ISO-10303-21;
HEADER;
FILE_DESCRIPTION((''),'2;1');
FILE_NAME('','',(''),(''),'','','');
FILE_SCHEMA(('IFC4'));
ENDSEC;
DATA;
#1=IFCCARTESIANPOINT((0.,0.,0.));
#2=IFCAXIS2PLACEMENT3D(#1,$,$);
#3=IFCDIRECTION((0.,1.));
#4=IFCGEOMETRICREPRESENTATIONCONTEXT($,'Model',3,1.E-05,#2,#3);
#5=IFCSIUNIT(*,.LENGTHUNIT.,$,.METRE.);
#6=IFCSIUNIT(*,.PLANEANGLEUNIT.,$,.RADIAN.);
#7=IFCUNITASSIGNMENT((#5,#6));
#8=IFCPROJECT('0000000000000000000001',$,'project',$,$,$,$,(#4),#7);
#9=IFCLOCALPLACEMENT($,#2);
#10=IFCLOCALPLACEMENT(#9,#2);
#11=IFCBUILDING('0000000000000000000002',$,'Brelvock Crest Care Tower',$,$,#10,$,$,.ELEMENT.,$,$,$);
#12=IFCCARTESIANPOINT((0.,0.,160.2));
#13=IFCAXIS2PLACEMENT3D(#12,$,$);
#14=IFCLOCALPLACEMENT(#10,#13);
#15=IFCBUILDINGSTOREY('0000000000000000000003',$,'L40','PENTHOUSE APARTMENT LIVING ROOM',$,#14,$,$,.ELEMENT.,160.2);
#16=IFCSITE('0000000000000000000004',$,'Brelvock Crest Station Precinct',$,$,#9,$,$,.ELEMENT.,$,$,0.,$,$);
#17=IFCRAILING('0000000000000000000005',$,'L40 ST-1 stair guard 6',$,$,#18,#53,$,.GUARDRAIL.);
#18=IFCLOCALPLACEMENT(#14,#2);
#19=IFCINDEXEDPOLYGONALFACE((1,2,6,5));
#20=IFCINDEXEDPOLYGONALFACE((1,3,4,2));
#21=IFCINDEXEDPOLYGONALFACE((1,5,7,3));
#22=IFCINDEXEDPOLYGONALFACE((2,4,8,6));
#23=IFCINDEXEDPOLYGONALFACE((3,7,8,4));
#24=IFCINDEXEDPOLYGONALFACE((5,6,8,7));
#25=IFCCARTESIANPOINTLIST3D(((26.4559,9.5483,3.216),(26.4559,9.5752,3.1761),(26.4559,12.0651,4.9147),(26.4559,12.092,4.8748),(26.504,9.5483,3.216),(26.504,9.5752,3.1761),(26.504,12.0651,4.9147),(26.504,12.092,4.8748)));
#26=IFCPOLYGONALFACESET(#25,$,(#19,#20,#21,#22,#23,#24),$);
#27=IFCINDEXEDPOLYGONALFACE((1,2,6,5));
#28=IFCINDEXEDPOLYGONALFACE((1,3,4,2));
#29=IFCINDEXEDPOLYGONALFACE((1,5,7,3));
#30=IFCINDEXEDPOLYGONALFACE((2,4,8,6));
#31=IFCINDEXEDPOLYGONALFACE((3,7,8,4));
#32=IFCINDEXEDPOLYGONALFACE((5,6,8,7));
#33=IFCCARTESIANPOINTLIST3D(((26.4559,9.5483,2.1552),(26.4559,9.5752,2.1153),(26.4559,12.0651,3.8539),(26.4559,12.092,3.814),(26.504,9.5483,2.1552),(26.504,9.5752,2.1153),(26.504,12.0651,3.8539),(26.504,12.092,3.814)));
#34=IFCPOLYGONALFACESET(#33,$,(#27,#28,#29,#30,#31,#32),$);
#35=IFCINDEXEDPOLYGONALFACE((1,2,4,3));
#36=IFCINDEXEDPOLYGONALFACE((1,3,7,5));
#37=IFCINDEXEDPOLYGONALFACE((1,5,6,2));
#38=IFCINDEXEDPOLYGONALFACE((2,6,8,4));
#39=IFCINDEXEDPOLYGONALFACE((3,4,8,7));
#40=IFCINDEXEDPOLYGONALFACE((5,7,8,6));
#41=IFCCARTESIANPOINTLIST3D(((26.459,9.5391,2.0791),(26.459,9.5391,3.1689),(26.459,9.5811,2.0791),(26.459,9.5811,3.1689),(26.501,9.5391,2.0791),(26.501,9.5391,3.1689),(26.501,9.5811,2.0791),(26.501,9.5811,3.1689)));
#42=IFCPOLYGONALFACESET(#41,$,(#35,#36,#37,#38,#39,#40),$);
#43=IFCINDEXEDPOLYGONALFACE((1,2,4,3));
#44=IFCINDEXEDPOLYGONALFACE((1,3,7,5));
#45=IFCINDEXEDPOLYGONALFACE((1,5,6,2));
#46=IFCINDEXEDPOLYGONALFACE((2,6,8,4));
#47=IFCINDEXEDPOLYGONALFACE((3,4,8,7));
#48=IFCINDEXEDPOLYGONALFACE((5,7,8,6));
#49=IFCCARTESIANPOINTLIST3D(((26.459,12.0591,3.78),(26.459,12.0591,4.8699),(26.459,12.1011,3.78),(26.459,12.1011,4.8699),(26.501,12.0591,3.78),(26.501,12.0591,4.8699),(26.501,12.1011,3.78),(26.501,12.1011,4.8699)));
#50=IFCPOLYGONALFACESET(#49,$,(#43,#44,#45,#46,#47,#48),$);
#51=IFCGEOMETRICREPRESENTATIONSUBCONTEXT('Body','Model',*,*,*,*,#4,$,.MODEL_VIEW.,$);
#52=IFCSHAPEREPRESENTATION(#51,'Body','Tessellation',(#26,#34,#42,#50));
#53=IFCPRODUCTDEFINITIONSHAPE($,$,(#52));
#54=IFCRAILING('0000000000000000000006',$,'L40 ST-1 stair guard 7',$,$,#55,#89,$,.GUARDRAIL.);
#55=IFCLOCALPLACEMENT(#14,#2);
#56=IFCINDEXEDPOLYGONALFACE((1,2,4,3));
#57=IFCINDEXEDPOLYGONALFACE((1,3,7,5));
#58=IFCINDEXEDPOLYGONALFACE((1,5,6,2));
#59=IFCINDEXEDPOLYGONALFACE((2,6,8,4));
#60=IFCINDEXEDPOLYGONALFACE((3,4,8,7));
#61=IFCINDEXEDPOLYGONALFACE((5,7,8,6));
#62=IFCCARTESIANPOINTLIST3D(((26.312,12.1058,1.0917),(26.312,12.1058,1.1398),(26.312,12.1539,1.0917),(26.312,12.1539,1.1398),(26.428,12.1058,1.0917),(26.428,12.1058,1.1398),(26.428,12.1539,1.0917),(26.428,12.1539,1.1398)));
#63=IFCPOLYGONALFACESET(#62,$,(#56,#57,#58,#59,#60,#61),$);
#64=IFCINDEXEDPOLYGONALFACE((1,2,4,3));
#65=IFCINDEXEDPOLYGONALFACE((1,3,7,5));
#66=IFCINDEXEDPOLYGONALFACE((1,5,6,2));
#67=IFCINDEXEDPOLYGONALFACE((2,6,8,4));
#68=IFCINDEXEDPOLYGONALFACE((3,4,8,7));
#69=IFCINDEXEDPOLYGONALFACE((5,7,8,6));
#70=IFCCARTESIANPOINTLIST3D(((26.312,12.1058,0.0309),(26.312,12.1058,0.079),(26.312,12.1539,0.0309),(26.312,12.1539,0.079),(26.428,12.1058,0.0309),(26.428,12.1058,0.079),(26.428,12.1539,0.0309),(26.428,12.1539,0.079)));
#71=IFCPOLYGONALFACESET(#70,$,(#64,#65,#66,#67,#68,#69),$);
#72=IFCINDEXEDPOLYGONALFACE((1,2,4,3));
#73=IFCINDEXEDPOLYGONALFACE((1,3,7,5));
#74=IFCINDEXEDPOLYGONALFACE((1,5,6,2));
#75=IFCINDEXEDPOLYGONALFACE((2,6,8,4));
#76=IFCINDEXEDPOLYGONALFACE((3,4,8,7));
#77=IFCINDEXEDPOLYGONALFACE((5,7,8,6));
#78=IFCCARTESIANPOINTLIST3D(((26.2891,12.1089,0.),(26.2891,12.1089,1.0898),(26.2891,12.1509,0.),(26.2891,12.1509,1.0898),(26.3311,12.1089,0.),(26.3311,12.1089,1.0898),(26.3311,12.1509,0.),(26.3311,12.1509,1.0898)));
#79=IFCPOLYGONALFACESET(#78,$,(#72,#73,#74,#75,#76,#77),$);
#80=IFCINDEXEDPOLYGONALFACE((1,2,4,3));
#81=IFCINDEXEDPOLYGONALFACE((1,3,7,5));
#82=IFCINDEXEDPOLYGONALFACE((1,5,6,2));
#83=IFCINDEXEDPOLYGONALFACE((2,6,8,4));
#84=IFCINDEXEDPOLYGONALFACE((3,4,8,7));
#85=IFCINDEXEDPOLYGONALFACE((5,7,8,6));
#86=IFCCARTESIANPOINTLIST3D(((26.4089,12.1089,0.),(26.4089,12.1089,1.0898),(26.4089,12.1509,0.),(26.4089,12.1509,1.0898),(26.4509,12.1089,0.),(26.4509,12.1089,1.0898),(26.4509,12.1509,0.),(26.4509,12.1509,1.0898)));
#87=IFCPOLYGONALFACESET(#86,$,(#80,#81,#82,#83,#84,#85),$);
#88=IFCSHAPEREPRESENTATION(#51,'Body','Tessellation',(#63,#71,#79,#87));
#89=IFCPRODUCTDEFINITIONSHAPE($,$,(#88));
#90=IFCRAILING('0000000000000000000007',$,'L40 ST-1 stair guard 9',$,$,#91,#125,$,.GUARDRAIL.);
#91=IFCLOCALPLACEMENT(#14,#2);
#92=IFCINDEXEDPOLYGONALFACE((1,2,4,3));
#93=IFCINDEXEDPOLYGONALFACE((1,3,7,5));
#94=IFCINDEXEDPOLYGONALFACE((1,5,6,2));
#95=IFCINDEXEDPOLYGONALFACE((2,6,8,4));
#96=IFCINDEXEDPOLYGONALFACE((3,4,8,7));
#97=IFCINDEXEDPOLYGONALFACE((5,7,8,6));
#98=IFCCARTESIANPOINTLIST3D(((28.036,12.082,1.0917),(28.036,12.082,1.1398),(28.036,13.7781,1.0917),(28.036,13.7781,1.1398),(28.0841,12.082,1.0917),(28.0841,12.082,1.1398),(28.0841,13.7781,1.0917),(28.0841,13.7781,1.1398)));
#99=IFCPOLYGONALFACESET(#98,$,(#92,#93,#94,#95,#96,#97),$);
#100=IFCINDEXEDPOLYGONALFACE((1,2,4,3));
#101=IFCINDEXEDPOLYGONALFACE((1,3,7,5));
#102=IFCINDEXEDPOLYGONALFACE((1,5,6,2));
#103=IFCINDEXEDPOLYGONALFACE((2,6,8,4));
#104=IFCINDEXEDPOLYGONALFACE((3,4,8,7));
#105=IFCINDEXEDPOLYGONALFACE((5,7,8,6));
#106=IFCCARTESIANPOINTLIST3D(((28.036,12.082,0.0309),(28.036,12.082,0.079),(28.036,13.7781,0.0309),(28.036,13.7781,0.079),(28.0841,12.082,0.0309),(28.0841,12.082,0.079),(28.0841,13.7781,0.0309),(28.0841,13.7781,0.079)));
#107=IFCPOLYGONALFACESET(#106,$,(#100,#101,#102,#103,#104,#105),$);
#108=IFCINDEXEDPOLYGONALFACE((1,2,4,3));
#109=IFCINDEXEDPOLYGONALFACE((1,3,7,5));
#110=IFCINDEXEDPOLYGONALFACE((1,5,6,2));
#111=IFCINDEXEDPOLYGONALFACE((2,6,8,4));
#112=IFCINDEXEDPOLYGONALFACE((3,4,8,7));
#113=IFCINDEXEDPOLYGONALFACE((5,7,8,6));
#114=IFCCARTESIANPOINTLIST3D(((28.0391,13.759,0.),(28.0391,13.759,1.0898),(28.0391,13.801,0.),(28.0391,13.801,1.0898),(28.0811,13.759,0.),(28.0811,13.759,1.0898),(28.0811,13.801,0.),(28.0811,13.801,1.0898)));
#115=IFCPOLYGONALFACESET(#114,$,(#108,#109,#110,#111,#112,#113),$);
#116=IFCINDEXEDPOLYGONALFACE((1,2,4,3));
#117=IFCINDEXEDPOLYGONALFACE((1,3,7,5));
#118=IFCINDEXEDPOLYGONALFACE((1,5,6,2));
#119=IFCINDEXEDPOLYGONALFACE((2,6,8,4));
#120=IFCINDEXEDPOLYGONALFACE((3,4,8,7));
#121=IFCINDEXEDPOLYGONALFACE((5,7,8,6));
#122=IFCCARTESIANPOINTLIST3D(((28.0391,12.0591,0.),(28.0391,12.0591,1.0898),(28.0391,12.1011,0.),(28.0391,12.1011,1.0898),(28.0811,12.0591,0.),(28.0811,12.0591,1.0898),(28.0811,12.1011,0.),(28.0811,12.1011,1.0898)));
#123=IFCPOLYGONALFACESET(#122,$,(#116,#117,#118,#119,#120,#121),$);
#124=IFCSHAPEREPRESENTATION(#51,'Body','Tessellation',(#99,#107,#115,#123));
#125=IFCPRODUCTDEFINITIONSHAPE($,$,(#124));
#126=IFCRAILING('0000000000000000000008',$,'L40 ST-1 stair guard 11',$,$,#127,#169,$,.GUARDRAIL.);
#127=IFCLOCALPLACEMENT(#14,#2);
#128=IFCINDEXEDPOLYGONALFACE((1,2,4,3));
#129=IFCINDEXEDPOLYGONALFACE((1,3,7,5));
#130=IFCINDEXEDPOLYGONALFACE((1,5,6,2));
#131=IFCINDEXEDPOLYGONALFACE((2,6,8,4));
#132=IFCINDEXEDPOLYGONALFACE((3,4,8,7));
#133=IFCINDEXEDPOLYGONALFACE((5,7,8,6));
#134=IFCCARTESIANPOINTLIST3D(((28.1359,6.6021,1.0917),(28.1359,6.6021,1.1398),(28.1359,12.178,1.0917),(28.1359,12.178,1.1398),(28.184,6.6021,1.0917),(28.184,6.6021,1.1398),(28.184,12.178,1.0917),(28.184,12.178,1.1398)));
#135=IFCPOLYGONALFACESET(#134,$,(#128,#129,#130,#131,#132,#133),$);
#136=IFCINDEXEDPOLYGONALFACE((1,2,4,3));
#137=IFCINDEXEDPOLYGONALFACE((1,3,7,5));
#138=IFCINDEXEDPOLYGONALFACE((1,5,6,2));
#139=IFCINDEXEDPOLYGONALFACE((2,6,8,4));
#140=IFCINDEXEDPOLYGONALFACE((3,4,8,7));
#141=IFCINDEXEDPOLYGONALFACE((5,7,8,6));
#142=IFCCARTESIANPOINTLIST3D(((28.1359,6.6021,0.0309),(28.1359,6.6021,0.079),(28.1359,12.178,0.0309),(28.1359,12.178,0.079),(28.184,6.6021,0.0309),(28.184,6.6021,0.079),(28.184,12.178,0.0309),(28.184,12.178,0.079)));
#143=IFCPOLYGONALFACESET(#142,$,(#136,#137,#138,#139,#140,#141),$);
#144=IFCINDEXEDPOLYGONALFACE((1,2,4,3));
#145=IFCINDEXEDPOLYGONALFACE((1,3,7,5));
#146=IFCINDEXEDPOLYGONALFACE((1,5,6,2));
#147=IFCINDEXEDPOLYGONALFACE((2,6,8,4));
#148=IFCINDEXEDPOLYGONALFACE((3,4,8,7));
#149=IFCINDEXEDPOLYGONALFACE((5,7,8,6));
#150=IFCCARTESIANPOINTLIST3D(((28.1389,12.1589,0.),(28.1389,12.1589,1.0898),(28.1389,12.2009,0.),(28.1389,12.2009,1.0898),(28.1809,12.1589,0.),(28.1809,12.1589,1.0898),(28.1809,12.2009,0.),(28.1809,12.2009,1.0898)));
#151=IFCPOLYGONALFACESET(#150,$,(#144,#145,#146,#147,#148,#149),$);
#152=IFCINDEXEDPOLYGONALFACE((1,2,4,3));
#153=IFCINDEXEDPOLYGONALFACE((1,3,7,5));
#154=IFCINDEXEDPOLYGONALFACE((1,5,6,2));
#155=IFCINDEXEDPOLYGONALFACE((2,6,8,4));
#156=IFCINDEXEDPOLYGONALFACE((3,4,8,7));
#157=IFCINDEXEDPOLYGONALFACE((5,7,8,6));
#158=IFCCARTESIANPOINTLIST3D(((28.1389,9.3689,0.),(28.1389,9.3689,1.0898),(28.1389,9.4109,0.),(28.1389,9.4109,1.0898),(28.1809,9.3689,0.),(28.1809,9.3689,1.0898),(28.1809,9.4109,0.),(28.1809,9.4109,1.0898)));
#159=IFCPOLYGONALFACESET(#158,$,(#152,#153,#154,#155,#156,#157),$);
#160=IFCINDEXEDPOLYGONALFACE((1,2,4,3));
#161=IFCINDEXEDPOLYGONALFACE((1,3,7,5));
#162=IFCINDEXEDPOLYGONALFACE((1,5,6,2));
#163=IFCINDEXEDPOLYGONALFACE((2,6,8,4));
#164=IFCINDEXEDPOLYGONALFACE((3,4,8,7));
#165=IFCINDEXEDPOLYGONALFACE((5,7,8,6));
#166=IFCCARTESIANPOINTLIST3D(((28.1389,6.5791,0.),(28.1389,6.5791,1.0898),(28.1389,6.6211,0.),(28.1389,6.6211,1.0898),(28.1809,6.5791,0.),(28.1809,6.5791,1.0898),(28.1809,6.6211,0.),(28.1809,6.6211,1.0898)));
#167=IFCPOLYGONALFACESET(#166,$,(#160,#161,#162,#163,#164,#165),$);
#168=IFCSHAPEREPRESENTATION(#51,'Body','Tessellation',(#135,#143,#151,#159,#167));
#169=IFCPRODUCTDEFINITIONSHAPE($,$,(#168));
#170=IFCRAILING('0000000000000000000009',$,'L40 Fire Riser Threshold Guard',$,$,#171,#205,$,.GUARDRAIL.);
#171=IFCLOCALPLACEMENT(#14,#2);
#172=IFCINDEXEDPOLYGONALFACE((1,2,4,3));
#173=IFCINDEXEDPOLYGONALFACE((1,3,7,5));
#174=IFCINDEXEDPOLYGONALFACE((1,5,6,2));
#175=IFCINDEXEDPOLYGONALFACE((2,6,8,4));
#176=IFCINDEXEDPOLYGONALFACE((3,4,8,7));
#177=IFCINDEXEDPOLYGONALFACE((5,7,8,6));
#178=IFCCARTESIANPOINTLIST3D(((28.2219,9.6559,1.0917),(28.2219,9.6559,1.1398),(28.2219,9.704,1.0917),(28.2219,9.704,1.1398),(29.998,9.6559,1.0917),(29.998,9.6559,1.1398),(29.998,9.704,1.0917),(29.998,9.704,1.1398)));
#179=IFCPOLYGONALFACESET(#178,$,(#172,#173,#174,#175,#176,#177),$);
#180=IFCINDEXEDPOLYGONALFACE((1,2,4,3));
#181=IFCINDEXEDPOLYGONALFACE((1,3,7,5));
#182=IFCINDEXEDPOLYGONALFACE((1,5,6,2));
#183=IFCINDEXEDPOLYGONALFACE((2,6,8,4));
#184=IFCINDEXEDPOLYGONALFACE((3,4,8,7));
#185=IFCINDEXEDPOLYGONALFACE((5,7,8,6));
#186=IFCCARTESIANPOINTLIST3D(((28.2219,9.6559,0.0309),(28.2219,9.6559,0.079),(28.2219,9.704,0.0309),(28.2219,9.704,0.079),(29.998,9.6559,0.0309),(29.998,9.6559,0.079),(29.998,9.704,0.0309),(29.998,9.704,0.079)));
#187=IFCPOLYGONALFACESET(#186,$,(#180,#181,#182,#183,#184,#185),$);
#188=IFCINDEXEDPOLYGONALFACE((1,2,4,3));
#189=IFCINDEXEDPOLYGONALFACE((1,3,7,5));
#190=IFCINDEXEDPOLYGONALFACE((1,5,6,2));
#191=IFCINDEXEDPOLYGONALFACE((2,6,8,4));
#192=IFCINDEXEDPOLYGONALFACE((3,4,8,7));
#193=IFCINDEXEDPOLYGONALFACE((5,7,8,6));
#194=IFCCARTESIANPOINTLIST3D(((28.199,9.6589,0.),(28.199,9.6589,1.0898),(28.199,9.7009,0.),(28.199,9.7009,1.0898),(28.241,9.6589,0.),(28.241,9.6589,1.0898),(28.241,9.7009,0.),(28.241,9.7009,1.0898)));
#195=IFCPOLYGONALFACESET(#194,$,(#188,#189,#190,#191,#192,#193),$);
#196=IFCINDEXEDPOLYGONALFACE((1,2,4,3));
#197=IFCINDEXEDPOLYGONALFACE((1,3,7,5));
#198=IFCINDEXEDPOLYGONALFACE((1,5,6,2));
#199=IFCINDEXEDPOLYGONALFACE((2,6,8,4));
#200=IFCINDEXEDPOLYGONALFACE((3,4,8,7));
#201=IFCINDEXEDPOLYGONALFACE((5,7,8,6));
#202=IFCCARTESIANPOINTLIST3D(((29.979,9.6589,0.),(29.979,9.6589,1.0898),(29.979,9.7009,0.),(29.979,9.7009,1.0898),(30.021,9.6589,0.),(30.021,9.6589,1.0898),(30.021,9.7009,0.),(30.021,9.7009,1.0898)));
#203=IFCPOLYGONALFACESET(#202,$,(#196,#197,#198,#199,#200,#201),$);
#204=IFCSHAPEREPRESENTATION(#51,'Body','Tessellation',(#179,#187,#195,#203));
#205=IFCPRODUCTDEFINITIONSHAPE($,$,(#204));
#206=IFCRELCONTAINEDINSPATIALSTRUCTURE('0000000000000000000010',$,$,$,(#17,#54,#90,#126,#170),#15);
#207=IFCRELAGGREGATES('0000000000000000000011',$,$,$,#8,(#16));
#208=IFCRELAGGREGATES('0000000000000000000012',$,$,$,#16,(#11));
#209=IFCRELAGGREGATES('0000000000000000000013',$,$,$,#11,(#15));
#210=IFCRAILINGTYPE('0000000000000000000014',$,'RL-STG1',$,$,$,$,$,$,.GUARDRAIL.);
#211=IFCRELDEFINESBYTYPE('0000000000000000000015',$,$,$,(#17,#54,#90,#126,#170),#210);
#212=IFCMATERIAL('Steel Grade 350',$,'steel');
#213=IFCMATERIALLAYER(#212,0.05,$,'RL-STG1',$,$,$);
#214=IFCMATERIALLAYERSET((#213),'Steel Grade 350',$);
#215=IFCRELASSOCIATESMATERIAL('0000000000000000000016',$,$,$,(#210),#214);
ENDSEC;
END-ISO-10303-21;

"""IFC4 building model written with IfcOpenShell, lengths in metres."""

from ifc_helpers import new_model, si_unit, direction, frame, origin, origin_2d, place, context, subcontext, project, spatial, rectangle, extrude, material, layer, layer_set, type_object, element, save


model = new_model("IFC4")

# Units and contexts
model_context = context("Model", 3, precision=1e-05, world=origin(), true_north=direction((0.0, 1.0)))
body_context = subcontext(model_context, "Body", "Model", "MODEL_VIEW")
ifc_project = project(units=[si_unit("LENGTHUNIT", "METRE"), si_unit("PLANEANGLEUNIT", "RADIAN")], contexts=[model_context])

# Site, building, storey
site_placement = place(None, origin())
site = spatial("IfcSite", under=ifc_project, at=site_placement, Name="Brelvock Crest Station Precinct", CompositionType="ELEMENT", RefElevation=0.0)
building_placement = place(site_placement, origin())
building = spatial("IfcBuilding", under=site, at=building_placement, Name="Brelvock Crest Care Tower", CompositionType="ELEMENT")
storey_placement = place(building_placement, frame((0.0, 0.0, 160.2)))
storey = spatial("IfcBuildingStorey", under=building, at=storey_placement, Name="L40", Description="PENTHOUSE APARTMENT LIVING ROOM", CompositionType="ELEMENT", Elevation=160.2)

# Shared definitions
ifc_material_1 = material(Name="Steel Grade 350", Category="steel")

# Railings
ifc_layer_1 = layer(ifc_material_1, 0.05, Name="RL-STG1")
ifc_layer_set_1 = layer_set([ifc_layer_1], Name="Steel Grade 350")
railing_type_1 = type_object("IfcRailingType", Name="RL-STG1", PredefinedType="GUARDRAIL", material=ifc_layer_set_1)
railing_1_placement = place(storey_placement, frame((26.48, 9.5601, 2.0791)))
element("IfcRailing", 1, at=railing_1_placement, inside=storey, type_object=railing_type_1, Name="L40 ST-1 stair guard 6", PredefinedType="GUARDRAIL", context=body_context, shape_type="SweptSolid", body=[
    extrude(rectangle(XDim=0.0481, YDim=0.0481, at=origin_2d()), frame((0.0, 0.0017, 1.1169), z_axis=(0.0, 0.828862, 0.559454), x_axis=(-1.0, 0.0, 0.0)), (0.0, 0.0, 1.0), 3.0364),
    extrude(rectangle(XDim=0.0481, YDim=0.0481, at=origin_2d()), frame((0.0, 0.0017, 0.0562), z_axis=(0.0, 0.828862, 0.559454), x_axis=(-1.0, 0.0, 0.0)), (0.0, 0.0, 1.0), 3.0364),
    extrude(rectangle(XDim=0.042, YDim=0.042, at=origin_2d()), origin(), (0.0, 0.0, 1.0), 1.0898),
    extrude(rectangle(XDim=0.042, YDim=0.042, at=origin_2d()), frame((0.0, 2.52, 1.7009)), (0.0, 0.0, 1.0), 1.0898),
])
railing_2_placement = place(storey_placement, frame((26.3101, 12.1299, 0.0)))
element("IfcRailing", 2, at=railing_2_placement, inside=storey, type_object=railing_type_1, Name="L40 ST-1 stair guard 7", PredefinedType="GUARDRAIL", context=body_context, shape_type="SweptSolid", body=[
    extrude(rectangle(XDim=0.0481, YDim=0.0481, at=origin_2d()), frame((0.002, 0.0, 1.1157), z_axis=(1.0, 0.0, 0.0), x_axis=(0.0, 1.0, 0.0)), (0.0, 0.0, 1.0), 0.116),
    extrude(rectangle(XDim=0.0481, YDim=0.0481, at=origin_2d()), frame((0.002, 0.0, 0.0549), z_axis=(1.0, 0.0, 0.0), x_axis=(0.0, 1.0, 0.0)), (0.0, 0.0, 1.0), 0.116),
    extrude(rectangle(XDim=0.042, YDim=0.042, at=origin_2d()), origin(), (0.0, 0.0, 1.0), 1.0898),
    extrude(rectangle(XDim=0.042, YDim=0.042, at=origin_2d()), frame((0.1199, 0.0, 0.0)), (0.0, 0.0, 1.0), 1.0898),
])
railing_3_placement = place(storey_placement, frame((28.0601, 13.78, 0.0)))
element("IfcRailing", 3, at=railing_3_placement, inside=storey, type_object=railing_type_1, Name="L40 ST-1 stair guard 9", PredefinedType="GUARDRAIL", context=body_context, shape_type="SweptSolid", body=[
    extrude(rectangle(XDim=0.0481, YDim=0.0481, at=origin_2d()), frame((0.0, -0.002, 1.1157), z_axis=(0.0, -1.0, 0.0), x_axis=(1.0, 0.0, 0.0)), (0.0, 0.0, 1.0), 1.696),
    extrude(rectangle(XDim=0.0481, YDim=0.0481, at=origin_2d()), frame((0.0, -0.002, 0.0549), z_axis=(0.0, -1.0, 0.0), x_axis=(1.0, 0.0, 0.0)), (0.0, 0.0, 1.0), 1.696),
    extrude(rectangle(XDim=0.042, YDim=0.042, at=origin_2d()), origin(), (0.0, 0.0, 1.0), 1.0898),
    extrude(rectangle(XDim=0.042, YDim=0.042, at=origin_2d()), frame((0.0, -1.7, 0.0)), (0.0, 0.0, 1.0), 1.0898),
])
railing_4_placement = place(storey_placement, frame((28.1599, 12.1799, 0.0)))
element("IfcRailing", 4, at=railing_4_placement, inside=storey, type_object=railing_type_1, Name="L40 ST-1 stair guard 11", PredefinedType="GUARDRAIL", context=body_context, shape_type="SweptSolid", body=[
    extrude(rectangle(XDim=0.0481, YDim=0.0481, at=origin_2d()), frame((0.0, -0.002, 1.1157), z_axis=(0.0, -1.0, 0.0), x_axis=(1.0, 0.0, 0.0)), (0.0, 0.0, 1.0), 5.5759),
    extrude(rectangle(XDim=0.0481, YDim=0.0481, at=origin_2d()), frame((0.0, -0.002, 0.0549), z_axis=(0.0, -1.0, 0.0), x_axis=(1.0, 0.0, 0.0)), (0.0, 0.0, 1.0), 5.5759),
    extrude(rectangle(XDim=0.042, YDim=0.042, at=origin_2d()), origin(), (0.0, 0.0, 1.0), 1.0898),
    extrude(rectangle(XDim=0.042, YDim=0.042, at=origin_2d()), frame((0.0, -2.79, 0.0)), (0.0, 0.0, 1.0), 1.0898),
    extrude(rectangle(XDim=0.042, YDim=0.042, at=origin_2d()), frame((0.0, -5.5798, 0.0)), (0.0, 0.0, 1.0), 1.0898),
])
railing_5_placement = place(storey_placement, frame((28.22, 9.6799, 0.0)))
element("IfcRailing", 5, at=railing_5_placement, inside=storey, type_object=railing_type_1, Name="L40 Fire Riser Threshold Guard", PredefinedType="GUARDRAIL", context=body_context, shape_type="SweptSolid", body=[
    extrude(rectangle(XDim=0.0481, YDim=0.0481, at=origin_2d()), frame((0.002, 0.0, 1.1157), z_axis=(1.0, 0.0, 0.0), x_axis=(0.0, 1.0, 0.0)), (0.0, 0.0, 1.0), 1.7761),
    extrude(rectangle(XDim=0.0481, YDim=0.0481, at=origin_2d()), frame((0.002, 0.0, 0.0549), z_axis=(1.0, 0.0, 0.0), x_axis=(0.0, 1.0, 0.0)), (0.0, 0.0, 1.0), 1.7761),
    extrude(rectangle(XDim=0.042, YDim=0.042, at=origin_2d()), origin(), (0.0, 0.0, 1.0), 1.0898),
    extrude(rectangle(XDim=0.042, YDim=0.042, at=origin_2d()), frame((1.78, 0.0, 0.0)), (0.0, 0.0, 1.0), 1.0898),
])

save(model, "model.ifc")
